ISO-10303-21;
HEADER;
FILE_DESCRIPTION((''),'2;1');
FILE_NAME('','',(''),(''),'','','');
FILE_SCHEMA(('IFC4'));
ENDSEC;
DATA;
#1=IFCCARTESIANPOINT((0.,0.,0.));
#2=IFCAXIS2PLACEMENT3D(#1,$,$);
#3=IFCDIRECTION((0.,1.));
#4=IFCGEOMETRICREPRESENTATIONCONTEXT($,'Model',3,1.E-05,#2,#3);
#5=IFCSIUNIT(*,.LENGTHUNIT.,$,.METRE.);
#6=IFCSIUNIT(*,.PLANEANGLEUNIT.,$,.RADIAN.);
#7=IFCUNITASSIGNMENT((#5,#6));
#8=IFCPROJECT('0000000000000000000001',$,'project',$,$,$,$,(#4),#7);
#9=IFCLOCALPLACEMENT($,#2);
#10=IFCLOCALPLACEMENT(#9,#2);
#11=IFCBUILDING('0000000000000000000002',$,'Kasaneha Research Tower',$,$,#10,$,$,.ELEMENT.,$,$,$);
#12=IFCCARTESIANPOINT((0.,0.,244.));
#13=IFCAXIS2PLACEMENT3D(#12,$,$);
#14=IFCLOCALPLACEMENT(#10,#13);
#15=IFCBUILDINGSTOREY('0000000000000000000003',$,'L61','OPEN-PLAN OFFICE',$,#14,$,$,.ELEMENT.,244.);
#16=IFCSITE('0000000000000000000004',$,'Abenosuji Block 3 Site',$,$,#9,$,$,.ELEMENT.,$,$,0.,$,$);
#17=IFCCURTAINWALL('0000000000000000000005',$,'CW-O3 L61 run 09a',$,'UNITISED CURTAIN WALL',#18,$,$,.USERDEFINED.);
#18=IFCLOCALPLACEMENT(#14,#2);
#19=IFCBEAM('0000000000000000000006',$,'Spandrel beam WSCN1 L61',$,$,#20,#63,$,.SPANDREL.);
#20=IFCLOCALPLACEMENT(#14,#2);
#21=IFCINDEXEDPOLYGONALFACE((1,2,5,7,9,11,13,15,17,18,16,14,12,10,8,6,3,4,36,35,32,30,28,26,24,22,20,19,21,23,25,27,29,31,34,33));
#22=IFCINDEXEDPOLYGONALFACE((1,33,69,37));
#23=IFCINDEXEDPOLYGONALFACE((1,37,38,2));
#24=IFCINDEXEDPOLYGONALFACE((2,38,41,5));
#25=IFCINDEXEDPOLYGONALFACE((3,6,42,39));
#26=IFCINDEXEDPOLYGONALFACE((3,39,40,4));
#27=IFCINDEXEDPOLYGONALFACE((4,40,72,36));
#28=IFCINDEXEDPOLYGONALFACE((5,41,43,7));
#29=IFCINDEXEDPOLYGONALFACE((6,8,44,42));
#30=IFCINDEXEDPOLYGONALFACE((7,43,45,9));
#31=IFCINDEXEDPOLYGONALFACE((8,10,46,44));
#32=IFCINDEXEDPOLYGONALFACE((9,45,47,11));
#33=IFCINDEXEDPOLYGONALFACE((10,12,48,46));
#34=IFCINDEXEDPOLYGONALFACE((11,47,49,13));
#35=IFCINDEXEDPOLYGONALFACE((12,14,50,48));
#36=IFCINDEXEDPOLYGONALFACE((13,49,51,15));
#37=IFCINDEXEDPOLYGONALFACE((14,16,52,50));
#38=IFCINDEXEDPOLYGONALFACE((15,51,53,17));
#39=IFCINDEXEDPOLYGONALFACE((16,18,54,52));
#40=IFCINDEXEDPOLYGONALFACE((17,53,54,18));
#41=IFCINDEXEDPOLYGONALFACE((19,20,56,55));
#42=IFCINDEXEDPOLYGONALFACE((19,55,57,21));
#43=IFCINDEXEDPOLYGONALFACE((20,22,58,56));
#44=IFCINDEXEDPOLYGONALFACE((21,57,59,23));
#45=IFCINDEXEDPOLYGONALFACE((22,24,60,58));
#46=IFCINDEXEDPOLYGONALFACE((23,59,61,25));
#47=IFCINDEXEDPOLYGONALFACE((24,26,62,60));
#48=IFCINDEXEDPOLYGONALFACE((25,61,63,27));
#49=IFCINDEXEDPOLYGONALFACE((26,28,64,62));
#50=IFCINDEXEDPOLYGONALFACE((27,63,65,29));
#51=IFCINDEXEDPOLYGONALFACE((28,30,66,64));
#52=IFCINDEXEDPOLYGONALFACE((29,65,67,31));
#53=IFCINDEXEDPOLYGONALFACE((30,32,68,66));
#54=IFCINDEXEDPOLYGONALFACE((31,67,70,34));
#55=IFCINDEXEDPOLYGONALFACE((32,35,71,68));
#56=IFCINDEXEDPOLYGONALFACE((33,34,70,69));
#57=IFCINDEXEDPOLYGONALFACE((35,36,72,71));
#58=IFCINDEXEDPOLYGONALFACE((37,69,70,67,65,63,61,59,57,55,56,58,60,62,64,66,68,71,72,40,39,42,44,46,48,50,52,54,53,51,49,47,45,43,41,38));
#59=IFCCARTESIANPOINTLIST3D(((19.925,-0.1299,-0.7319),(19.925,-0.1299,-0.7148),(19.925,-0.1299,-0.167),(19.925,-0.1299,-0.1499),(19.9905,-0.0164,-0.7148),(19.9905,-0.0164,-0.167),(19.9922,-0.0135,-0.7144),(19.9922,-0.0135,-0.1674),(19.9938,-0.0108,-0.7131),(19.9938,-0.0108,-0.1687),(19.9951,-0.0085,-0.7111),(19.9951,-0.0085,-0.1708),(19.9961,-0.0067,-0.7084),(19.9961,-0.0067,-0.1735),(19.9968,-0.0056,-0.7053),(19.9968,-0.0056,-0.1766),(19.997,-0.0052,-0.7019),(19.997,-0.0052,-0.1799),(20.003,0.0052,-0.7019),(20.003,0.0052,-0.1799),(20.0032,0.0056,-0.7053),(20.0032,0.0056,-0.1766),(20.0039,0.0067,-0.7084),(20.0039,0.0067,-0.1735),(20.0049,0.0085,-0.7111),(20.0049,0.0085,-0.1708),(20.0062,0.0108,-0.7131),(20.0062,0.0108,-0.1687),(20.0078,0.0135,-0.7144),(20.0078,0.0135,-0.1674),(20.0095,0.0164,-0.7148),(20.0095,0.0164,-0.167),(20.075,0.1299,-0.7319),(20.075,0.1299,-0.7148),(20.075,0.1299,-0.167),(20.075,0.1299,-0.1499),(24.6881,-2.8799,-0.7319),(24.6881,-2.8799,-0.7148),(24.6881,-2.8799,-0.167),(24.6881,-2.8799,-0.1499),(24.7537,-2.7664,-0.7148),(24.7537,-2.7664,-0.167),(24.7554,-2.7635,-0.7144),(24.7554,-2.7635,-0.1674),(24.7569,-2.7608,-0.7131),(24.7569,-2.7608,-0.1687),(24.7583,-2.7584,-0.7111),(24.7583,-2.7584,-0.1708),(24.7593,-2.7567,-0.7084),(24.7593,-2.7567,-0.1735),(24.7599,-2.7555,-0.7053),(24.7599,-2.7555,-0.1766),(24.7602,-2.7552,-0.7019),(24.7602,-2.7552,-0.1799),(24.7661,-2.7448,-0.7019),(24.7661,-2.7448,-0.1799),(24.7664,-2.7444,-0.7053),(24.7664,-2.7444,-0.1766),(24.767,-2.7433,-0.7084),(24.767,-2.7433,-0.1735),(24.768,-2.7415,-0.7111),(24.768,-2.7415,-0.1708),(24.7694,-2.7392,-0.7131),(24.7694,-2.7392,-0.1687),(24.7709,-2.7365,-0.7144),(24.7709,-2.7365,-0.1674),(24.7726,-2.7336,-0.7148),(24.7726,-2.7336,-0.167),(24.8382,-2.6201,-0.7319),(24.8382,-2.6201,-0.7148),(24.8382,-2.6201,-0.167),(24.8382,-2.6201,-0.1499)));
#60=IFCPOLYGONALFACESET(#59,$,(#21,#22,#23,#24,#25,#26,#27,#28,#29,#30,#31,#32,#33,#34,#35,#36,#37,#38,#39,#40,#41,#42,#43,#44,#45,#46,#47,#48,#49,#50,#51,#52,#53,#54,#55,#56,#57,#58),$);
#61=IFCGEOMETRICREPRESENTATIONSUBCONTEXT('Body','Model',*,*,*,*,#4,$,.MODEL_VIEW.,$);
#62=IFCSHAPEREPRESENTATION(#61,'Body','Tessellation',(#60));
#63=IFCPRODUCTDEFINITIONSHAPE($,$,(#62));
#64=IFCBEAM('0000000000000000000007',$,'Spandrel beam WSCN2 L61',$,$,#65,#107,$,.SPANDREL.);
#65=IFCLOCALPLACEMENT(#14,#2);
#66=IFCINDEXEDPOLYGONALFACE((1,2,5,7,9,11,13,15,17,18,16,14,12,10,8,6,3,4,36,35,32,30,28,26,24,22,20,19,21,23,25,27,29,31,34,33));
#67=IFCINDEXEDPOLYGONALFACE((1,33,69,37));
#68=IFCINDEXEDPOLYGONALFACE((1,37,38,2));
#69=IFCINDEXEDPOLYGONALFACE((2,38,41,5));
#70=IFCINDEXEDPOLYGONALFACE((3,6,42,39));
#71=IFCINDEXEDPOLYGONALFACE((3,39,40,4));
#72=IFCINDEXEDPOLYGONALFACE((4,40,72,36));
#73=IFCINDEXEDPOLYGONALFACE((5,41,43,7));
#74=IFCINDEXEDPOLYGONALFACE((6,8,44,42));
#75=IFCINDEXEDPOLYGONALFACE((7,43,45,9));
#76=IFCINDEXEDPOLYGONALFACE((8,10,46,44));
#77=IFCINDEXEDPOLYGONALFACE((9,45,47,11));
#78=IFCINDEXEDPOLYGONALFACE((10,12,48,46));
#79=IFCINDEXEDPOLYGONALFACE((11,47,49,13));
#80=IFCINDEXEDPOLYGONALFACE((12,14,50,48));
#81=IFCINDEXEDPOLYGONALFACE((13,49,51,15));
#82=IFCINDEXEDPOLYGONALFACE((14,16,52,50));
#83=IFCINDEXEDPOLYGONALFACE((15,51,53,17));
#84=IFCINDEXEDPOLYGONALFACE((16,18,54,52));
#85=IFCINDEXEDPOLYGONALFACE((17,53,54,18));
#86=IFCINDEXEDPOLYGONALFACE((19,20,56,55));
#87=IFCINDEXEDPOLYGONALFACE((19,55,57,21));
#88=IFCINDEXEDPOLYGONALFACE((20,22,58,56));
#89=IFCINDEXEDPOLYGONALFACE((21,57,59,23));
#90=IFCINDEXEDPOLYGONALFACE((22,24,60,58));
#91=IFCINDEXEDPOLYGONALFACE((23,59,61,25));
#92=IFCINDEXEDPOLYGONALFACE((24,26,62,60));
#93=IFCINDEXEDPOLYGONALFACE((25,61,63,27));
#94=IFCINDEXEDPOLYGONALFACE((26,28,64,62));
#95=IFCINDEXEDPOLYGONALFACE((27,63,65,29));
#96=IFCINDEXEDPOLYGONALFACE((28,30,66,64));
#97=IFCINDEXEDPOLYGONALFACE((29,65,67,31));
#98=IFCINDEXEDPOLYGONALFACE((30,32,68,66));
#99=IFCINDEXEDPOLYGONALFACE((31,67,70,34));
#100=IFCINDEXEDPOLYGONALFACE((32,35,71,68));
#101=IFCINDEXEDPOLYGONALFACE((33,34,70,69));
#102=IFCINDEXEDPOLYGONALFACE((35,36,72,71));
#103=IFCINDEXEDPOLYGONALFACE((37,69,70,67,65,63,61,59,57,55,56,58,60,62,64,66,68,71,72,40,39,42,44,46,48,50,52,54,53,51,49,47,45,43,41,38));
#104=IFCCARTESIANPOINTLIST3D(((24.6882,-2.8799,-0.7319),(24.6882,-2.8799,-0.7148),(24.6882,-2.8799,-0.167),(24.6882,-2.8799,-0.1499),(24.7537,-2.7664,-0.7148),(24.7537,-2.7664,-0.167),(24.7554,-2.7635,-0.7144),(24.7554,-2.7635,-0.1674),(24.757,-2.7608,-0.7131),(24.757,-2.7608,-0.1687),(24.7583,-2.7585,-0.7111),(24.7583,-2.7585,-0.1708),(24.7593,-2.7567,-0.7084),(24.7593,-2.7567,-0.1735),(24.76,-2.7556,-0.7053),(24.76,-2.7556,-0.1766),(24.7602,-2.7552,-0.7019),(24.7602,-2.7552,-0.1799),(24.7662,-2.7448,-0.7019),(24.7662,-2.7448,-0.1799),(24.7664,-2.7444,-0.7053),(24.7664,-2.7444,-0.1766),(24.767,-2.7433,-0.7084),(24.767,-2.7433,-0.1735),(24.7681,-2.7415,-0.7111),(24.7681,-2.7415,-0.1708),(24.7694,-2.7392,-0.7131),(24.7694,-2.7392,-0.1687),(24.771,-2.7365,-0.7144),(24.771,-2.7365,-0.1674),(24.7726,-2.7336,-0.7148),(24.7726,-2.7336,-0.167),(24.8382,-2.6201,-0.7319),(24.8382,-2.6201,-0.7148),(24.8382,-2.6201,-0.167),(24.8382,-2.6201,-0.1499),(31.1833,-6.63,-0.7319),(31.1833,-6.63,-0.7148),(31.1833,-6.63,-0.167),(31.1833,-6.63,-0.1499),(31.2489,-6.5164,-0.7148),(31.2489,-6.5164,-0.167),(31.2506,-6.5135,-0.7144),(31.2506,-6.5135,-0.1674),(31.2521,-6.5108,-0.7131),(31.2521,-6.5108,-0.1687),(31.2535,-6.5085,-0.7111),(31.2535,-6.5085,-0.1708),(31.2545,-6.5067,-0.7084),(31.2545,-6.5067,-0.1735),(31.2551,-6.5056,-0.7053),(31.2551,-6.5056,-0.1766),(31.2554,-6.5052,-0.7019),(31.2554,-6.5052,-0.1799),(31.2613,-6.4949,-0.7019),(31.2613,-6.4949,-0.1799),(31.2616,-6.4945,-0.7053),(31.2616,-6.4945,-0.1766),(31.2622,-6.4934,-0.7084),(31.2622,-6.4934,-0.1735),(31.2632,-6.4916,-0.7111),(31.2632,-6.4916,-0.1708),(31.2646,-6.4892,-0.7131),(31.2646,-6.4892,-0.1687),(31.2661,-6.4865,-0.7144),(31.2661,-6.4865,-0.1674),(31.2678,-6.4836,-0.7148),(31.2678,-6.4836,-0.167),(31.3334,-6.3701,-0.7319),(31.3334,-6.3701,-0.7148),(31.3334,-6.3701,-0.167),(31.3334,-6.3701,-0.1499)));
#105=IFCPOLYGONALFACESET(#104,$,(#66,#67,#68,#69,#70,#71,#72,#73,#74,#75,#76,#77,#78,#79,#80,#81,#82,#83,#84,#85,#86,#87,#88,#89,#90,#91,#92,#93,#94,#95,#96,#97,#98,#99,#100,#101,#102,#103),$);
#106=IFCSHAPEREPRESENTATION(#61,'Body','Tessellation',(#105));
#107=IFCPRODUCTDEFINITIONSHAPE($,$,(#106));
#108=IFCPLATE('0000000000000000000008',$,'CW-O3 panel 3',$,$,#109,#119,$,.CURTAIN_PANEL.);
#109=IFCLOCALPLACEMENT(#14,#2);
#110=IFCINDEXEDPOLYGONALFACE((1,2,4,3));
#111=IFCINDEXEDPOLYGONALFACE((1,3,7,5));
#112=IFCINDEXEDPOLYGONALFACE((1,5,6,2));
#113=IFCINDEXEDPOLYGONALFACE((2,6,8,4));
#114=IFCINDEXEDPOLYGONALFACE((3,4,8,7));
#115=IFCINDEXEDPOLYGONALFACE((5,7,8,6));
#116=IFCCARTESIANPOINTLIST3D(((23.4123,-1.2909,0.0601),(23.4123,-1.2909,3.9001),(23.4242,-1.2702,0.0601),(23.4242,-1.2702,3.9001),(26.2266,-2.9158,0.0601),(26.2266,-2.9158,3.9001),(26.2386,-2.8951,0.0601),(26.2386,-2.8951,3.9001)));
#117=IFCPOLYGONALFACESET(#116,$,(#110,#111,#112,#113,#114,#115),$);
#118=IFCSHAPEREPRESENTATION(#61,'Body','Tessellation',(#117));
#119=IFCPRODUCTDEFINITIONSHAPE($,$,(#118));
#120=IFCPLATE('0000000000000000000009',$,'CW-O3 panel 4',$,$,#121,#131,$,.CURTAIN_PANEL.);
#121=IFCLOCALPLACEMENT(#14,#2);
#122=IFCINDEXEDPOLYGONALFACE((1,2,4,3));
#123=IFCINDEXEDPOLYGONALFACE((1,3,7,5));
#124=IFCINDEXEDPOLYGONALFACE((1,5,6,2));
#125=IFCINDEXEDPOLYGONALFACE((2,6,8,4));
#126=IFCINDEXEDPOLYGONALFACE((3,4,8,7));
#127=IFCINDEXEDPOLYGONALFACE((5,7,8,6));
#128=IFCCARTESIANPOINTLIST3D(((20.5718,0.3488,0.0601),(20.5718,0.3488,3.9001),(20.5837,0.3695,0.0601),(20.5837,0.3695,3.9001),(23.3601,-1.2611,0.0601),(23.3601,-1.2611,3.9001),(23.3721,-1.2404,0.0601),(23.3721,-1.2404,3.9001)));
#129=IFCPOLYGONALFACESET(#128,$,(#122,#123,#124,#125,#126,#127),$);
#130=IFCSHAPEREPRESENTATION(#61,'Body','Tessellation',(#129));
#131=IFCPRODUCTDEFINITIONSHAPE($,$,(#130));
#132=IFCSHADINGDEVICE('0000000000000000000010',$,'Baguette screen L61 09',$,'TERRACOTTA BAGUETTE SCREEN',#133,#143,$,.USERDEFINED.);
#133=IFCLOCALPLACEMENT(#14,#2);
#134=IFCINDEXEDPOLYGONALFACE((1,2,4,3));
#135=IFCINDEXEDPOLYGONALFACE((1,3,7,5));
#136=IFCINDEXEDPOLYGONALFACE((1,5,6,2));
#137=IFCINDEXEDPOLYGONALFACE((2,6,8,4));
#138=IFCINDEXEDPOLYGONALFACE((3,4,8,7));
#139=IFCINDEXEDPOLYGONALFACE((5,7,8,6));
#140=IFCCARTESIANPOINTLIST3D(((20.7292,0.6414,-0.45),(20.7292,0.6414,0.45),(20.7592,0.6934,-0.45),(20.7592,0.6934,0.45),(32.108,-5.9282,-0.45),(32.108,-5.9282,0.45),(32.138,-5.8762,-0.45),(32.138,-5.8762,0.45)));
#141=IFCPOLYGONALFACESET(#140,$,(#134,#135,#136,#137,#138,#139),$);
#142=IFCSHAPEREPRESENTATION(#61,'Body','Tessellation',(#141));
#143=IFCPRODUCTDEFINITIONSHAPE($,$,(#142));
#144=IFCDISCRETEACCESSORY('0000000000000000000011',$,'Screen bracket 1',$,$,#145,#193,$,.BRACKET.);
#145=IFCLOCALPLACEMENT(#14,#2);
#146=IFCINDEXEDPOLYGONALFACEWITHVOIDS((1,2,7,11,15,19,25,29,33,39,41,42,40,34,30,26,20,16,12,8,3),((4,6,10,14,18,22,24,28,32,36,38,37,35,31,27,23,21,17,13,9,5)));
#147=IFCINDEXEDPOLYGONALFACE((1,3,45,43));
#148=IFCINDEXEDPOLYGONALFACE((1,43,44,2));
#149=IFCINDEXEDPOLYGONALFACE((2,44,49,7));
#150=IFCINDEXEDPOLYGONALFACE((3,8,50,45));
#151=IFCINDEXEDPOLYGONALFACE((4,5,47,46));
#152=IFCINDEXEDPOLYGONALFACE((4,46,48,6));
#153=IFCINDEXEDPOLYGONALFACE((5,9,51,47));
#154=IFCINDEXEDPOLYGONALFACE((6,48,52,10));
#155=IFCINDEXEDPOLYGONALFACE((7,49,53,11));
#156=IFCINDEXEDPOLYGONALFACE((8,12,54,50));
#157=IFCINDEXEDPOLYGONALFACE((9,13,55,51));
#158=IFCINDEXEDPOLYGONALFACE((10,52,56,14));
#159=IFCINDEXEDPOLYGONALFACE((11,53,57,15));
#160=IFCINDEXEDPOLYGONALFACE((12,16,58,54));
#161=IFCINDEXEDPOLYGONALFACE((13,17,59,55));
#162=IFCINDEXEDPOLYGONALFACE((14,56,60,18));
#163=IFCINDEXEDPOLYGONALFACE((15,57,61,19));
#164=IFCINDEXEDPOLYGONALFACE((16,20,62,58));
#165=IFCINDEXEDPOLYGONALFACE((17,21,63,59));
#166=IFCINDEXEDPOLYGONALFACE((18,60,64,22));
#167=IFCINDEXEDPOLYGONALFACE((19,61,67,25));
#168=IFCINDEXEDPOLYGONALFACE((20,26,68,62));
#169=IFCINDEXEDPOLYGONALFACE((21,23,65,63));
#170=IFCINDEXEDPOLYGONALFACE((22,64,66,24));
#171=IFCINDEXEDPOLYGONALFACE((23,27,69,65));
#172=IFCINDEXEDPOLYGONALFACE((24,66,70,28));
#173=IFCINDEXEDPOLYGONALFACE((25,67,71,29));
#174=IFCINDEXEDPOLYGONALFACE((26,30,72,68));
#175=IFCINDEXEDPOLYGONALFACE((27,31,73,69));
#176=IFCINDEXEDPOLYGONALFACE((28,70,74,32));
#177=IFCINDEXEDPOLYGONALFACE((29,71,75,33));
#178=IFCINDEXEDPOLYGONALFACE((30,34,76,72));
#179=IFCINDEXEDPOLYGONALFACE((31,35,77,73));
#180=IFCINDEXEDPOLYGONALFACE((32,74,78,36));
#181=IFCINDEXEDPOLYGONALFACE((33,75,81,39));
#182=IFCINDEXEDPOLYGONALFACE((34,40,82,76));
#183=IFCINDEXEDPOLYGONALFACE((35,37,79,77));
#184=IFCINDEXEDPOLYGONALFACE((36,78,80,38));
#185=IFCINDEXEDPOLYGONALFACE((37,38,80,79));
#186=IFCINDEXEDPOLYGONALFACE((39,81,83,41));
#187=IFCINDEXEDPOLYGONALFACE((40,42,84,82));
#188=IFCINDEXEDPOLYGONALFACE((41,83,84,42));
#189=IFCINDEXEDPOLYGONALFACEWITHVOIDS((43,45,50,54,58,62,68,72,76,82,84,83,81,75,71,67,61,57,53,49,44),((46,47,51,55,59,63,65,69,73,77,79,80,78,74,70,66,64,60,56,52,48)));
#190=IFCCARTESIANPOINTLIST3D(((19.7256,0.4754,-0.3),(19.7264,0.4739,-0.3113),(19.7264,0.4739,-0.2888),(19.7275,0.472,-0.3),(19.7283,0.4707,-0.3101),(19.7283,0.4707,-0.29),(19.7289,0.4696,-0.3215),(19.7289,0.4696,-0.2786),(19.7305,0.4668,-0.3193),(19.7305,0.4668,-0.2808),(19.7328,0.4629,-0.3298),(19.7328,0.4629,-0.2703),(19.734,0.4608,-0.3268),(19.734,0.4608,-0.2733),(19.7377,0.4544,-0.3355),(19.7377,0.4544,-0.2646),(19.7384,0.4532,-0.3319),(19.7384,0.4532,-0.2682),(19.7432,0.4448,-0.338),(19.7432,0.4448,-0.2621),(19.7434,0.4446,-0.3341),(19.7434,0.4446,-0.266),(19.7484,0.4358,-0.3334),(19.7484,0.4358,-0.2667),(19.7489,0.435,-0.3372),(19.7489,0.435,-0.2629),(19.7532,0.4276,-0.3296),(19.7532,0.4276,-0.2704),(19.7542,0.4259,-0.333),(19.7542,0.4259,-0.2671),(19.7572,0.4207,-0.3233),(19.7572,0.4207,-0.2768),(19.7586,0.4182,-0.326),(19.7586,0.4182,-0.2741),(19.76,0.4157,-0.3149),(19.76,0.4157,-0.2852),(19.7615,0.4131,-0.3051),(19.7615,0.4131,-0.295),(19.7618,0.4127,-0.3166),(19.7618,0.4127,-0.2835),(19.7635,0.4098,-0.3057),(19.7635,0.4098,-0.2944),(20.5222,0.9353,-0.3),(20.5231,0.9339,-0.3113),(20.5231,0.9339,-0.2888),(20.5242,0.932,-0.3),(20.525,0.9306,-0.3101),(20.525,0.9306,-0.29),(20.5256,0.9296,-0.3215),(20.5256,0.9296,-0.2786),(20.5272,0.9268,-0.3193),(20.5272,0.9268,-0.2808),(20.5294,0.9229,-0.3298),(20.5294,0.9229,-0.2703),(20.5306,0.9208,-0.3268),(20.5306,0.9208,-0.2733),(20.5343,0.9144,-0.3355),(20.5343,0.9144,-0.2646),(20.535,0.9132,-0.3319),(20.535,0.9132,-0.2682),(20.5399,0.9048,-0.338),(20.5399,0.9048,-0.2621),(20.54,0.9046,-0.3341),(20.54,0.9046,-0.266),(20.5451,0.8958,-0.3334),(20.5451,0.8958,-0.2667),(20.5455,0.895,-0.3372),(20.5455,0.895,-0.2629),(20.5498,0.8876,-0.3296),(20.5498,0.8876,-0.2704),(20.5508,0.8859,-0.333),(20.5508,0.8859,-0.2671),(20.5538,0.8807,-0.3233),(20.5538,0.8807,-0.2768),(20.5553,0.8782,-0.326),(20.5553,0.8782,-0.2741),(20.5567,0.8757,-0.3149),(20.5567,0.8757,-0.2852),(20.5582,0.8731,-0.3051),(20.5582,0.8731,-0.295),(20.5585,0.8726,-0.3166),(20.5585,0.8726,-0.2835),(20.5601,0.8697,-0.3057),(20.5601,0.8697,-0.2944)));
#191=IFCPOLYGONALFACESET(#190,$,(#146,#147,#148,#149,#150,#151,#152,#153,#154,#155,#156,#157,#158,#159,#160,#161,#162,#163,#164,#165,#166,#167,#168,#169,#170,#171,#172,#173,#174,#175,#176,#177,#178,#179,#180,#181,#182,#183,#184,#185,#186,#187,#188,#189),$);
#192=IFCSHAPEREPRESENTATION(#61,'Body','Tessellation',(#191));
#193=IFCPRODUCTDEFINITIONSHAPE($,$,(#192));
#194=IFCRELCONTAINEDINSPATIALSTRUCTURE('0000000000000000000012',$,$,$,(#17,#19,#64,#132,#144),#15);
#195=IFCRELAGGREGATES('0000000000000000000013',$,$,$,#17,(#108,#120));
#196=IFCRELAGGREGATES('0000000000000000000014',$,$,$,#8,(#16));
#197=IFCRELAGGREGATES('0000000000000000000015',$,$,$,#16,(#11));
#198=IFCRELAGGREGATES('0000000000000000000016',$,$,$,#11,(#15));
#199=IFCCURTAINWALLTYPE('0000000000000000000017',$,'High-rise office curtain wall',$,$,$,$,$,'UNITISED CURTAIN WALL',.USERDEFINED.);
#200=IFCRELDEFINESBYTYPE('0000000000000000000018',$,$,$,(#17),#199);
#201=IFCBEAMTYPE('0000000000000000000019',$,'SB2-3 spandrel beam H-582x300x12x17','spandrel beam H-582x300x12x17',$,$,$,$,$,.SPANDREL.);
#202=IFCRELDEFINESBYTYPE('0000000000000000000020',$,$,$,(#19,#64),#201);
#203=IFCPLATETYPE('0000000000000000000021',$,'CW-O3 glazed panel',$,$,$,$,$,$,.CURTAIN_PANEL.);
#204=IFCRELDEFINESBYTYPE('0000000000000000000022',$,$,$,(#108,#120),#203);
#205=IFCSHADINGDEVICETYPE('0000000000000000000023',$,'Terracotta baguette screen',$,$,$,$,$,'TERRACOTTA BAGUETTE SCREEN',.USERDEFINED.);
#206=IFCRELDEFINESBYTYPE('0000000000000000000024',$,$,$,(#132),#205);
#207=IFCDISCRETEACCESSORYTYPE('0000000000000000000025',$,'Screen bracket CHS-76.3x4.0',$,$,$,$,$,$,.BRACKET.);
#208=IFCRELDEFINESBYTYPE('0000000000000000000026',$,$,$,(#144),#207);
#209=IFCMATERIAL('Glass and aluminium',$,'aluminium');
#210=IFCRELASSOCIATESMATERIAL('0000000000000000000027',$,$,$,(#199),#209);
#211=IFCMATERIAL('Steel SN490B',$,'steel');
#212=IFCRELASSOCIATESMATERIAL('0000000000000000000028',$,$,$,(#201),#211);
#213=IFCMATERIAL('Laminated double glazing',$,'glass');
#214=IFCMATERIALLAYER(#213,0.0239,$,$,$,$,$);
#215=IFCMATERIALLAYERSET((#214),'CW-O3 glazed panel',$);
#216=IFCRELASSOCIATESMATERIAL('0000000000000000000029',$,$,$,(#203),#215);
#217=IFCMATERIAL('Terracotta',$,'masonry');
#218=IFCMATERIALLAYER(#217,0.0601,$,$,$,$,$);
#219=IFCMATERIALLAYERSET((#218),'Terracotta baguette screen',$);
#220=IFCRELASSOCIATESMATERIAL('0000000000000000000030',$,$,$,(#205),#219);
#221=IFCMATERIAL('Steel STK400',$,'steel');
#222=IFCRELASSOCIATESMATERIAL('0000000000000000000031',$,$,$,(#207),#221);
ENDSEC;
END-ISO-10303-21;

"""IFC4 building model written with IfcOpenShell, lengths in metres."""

from ifc_helpers import new_model, si_unit, direction, frame, origin, origin_2d, place, context, subcontext, project, spatial, rectangle, hollow_circle, i_section, extrude, material, layer, layer_set, material_profile, profile_set, type_object, element, aggregate, save


model = new_model("IFC4")

# Units and contexts
model_context = context("Model", 3, precision=1e-05, world=origin(), true_north=direction((0.0, 1.0)))
body_context = subcontext(model_context, "Body", "Model", "MODEL_VIEW")
ifc_project = project(units=[si_unit("LENGTHUNIT", "METRE"), si_unit("PLANEANGLEUNIT", "RADIAN")], contexts=[model_context])

# Site, building, storey
site_placement = place(None, origin())
site = spatial("IfcSite", under=ifc_project, at=site_placement, Name="Abenosuji Block 3 Site", CompositionType="ELEMENT", RefElevation=0.0)
building_placement = place(site_placement, origin())
building = spatial("IfcBuilding", under=site, at=building_placement, Name="Kasaneha Research Tower", CompositionType="ELEMENT")
storey_placement = place(building_placement, frame((0.0, 0.0, 244.0)))
storey = spatial("IfcBuildingStorey", under=building, at=storey_placement, Name="L61", Description="OPEN-PLAN OFFICE", CompositionType="ELEMENT", Elevation=244.0)

# Shared definitions
ifc_material_1 = material(Name="Glass and aluminium", Category="aluminium")
curtain_wall_type = type_object("IfcCurtainWallType", Name="High-rise office curtain wall", ElementType="UNITISED CURTAIN WALL", PredefinedType="USERDEFINED", material=ifc_material_1)

# Curtain wall
curtain_wall_1_placement = place(storey_placement, origin())
curtain_wall_1 = element("IfcCurtainWall", 1, at=curtain_wall_1_placement, inside=storey, type_object=curtain_wall_type, Name="CW-O3 L61 run 09a", ObjectType="UNITISED CURTAIN WALL", PredefinedType="USERDEFINED")

# Beams
ifc_material_2 = material(Name="Steel SN490B", Category="steel")
ifc_material_profile_1 = material_profile(ifc_material_2, i_section(OverallWidth=0.3, OverallDepth=0.582, WebThickness=0.012, FlangeThickness=0.0171, FilletRadius=0.0129, at=origin_2d()), Name="H-582x300x12x17")
ifc_profile_set_1 = profile_set([ifc_material_profile_1], Name="Steel SN490B")
beam_type_1 = type_object("IfcBeamType", Name="SB2-3 spandrel beam H-582x300x12x17", Description="spandrel beam H-582x300x12x17", PredefinedType="SPANDREL", material=ifc_profile_set_1)
beam_1_placement = place(storey_placement, frame((20.0, 0.0, -0.4409), z_axis=(0.866027, -0.499997, 0.0), x_axis=(0.499997, 0.866027, 0.0)))
element("IfcBeam", 2, at=beam_1_placement, inside=storey, type_object=beam_type_1, Name="Spandrel beam WSCN1 L61", PredefinedType="SPANDREL", context=body_context, shape_type="SweptSolid", body=[
    extrude(i_section(OverallWidth=0.3, OverallDepth=0.582, WebThickness=0.012, FlangeThickness=0.0171, FilletRadius=0.0129, at=origin_2d()), origin(), (0.0, 0.0, 1.0), 5.5),
])
beam_2_placement = place(storey_placement, frame((24.7632, -2.75, -0.4409), z_axis=(0.866023, -0.500004, 0.0), x_axis=(0.500004, 0.866023, 0.0)))
element("IfcBeam", 3, at=beam_2_placement, inside=storey, type_object=beam_type_1, Name="Spandrel beam WSCN2 L61", PredefinedType="SPANDREL", context=body_context, shape_type="SweptSolid", body=[
    extrude(i_section(OverallWidth=0.3, OverallDepth=0.582, WebThickness=0.012, FlangeThickness=0.0171, FilletRadius=0.0129, at=origin_2d()), origin(), (0.0, 0.0, 1.0), 7.5),
])

# Plates
ifc_material_3 = material(Name="Laminated double glazing", Category="glass")
ifc_layer_1 = layer(ifc_material_3, 0.0239)
ifc_layer_set_1 = layer_set([ifc_layer_1], Name="CW-O3 glazed panel")
plate_type = type_object("IfcPlateType", Name="CW-O3 glazed panel", PredefinedType="CURTAIN_PANEL", material=ifc_layer_set_1)
plate_1_placement = place(storey_placement, frame((24.8254, -2.093, 0.0601), z_axis=(0.0, 0.0, 1.0), x_axis=(-0.866025, 0.5, 0.0)))
plate_1 = element("IfcPlate", 4, at=plate_1_placement, type_object=plate_type, Name="CW-O3 panel 3", PredefinedType="CURTAIN_PANEL", context=body_context, shape_type="SweptSolid", body=[
    extrude(rectangle(XDim=3.2498, YDim=0.0239, at=origin_2d()), origin(), (0.0, 0.0, 1.0), 3.8401),
])
plate_2_placement = place(storey_placement, frame((21.9719, -0.4458, 0.0601), z_axis=(0.0, 0.0, 1.0), x_axis=(-0.866025, 0.5, 0.0)))
plate_2 = element("IfcPlate", 5, at=plate_2_placement, type_object=plate_type, Name="CW-O3 panel 4", PredefinedType="CURTAIN_PANEL", context=body_context, shape_type="SweptSolid", body=[
    extrude(rectangle(XDim=3.2197, YDim=0.0239, at=origin_2d()), origin(), (0.0, 0.0, 1.0), 3.8401),
])
aggregate(curtain_wall_1, [plate_1, plate_2])

# Shading device
ifc_material_4 = material(Name="Terracotta", Category="masonry")
ifc_layer_2 = layer(ifc_material_4, 0.0601)
ifc_layer_set_2 = layer_set([ifc_layer_2], Name="Terracotta baguette screen")
shading_device_type = type_object("IfcShadingDeviceType", Name="Terracotta baguette screen", ElementType="TERRACOTTA BAGUETTE SCREEN", PredefinedType="USERDEFINED", material=ifc_layer_set_2)
shading_device_placement = place(storey_placement, frame((26.4336, -2.6174, -0.45), z_axis=(0.0, 0.0, 1.0), x_axis=(-0.866025, 0.5, 0.0)))
element("IfcShadingDevice", 6, at=shading_device_placement, inside=storey, type_object=shading_device_type, Name="Baguette screen L61 09", ObjectType="TERRACOTTA BAGUETTE SCREEN", PredefinedType="USERDEFINED", context=body_context, shape_type="SweptSolid", body=[
    extrude(rectangle(XDim=13.1392, YDim=0.0601, at=origin_2d()), origin(), (0.0, 0.0, 1.0), 0.8999),
])

# Discrete accessory
ifc_material_5 = material(Name="Steel STK400", Category="steel")
ifc_material_profile_2 = material_profile(ifc_material_5, hollow_circle(Radius=0.0381, WallThickness=0.0039, at=origin_2d()), Name="CHS-76.3x4.0")
ifc_profile_set_2 = profile_set([ifc_material_profile_2], Name="Steel STK400")
discrete_accessory_type = type_object("IfcDiscreteAccessoryType", Name="Screen bracket CHS-76.3x4.0", PredefinedType="BRACKET", material=ifc_profile_set_2)
for number, where, z_axis, x_axis, name in (
    (7, (19.7446, 0.4424, -0.3), (0.866013, 0.500021, 0.0), (-0.500021, 0.866013, 0.0), "Screen bracket 1"),
):
    element("IfcDiscreteAccessory", number, at=place(storey_placement, frame(where, z_axis=z_axis, x_axis=x_axis)), inside=storey, type_object=discrete_accessory_type, Name=name, PredefinedType="BRACKET", context=body_context, shape_type="SweptSolid", body=[
        extrude(hollow_circle(Radius=0.0381, WallThickness=0.0039, at=origin_2d()), origin(), (0.0, 0.0, 1.0), 0.9199),
    ])

save(model, "model.ifc")
